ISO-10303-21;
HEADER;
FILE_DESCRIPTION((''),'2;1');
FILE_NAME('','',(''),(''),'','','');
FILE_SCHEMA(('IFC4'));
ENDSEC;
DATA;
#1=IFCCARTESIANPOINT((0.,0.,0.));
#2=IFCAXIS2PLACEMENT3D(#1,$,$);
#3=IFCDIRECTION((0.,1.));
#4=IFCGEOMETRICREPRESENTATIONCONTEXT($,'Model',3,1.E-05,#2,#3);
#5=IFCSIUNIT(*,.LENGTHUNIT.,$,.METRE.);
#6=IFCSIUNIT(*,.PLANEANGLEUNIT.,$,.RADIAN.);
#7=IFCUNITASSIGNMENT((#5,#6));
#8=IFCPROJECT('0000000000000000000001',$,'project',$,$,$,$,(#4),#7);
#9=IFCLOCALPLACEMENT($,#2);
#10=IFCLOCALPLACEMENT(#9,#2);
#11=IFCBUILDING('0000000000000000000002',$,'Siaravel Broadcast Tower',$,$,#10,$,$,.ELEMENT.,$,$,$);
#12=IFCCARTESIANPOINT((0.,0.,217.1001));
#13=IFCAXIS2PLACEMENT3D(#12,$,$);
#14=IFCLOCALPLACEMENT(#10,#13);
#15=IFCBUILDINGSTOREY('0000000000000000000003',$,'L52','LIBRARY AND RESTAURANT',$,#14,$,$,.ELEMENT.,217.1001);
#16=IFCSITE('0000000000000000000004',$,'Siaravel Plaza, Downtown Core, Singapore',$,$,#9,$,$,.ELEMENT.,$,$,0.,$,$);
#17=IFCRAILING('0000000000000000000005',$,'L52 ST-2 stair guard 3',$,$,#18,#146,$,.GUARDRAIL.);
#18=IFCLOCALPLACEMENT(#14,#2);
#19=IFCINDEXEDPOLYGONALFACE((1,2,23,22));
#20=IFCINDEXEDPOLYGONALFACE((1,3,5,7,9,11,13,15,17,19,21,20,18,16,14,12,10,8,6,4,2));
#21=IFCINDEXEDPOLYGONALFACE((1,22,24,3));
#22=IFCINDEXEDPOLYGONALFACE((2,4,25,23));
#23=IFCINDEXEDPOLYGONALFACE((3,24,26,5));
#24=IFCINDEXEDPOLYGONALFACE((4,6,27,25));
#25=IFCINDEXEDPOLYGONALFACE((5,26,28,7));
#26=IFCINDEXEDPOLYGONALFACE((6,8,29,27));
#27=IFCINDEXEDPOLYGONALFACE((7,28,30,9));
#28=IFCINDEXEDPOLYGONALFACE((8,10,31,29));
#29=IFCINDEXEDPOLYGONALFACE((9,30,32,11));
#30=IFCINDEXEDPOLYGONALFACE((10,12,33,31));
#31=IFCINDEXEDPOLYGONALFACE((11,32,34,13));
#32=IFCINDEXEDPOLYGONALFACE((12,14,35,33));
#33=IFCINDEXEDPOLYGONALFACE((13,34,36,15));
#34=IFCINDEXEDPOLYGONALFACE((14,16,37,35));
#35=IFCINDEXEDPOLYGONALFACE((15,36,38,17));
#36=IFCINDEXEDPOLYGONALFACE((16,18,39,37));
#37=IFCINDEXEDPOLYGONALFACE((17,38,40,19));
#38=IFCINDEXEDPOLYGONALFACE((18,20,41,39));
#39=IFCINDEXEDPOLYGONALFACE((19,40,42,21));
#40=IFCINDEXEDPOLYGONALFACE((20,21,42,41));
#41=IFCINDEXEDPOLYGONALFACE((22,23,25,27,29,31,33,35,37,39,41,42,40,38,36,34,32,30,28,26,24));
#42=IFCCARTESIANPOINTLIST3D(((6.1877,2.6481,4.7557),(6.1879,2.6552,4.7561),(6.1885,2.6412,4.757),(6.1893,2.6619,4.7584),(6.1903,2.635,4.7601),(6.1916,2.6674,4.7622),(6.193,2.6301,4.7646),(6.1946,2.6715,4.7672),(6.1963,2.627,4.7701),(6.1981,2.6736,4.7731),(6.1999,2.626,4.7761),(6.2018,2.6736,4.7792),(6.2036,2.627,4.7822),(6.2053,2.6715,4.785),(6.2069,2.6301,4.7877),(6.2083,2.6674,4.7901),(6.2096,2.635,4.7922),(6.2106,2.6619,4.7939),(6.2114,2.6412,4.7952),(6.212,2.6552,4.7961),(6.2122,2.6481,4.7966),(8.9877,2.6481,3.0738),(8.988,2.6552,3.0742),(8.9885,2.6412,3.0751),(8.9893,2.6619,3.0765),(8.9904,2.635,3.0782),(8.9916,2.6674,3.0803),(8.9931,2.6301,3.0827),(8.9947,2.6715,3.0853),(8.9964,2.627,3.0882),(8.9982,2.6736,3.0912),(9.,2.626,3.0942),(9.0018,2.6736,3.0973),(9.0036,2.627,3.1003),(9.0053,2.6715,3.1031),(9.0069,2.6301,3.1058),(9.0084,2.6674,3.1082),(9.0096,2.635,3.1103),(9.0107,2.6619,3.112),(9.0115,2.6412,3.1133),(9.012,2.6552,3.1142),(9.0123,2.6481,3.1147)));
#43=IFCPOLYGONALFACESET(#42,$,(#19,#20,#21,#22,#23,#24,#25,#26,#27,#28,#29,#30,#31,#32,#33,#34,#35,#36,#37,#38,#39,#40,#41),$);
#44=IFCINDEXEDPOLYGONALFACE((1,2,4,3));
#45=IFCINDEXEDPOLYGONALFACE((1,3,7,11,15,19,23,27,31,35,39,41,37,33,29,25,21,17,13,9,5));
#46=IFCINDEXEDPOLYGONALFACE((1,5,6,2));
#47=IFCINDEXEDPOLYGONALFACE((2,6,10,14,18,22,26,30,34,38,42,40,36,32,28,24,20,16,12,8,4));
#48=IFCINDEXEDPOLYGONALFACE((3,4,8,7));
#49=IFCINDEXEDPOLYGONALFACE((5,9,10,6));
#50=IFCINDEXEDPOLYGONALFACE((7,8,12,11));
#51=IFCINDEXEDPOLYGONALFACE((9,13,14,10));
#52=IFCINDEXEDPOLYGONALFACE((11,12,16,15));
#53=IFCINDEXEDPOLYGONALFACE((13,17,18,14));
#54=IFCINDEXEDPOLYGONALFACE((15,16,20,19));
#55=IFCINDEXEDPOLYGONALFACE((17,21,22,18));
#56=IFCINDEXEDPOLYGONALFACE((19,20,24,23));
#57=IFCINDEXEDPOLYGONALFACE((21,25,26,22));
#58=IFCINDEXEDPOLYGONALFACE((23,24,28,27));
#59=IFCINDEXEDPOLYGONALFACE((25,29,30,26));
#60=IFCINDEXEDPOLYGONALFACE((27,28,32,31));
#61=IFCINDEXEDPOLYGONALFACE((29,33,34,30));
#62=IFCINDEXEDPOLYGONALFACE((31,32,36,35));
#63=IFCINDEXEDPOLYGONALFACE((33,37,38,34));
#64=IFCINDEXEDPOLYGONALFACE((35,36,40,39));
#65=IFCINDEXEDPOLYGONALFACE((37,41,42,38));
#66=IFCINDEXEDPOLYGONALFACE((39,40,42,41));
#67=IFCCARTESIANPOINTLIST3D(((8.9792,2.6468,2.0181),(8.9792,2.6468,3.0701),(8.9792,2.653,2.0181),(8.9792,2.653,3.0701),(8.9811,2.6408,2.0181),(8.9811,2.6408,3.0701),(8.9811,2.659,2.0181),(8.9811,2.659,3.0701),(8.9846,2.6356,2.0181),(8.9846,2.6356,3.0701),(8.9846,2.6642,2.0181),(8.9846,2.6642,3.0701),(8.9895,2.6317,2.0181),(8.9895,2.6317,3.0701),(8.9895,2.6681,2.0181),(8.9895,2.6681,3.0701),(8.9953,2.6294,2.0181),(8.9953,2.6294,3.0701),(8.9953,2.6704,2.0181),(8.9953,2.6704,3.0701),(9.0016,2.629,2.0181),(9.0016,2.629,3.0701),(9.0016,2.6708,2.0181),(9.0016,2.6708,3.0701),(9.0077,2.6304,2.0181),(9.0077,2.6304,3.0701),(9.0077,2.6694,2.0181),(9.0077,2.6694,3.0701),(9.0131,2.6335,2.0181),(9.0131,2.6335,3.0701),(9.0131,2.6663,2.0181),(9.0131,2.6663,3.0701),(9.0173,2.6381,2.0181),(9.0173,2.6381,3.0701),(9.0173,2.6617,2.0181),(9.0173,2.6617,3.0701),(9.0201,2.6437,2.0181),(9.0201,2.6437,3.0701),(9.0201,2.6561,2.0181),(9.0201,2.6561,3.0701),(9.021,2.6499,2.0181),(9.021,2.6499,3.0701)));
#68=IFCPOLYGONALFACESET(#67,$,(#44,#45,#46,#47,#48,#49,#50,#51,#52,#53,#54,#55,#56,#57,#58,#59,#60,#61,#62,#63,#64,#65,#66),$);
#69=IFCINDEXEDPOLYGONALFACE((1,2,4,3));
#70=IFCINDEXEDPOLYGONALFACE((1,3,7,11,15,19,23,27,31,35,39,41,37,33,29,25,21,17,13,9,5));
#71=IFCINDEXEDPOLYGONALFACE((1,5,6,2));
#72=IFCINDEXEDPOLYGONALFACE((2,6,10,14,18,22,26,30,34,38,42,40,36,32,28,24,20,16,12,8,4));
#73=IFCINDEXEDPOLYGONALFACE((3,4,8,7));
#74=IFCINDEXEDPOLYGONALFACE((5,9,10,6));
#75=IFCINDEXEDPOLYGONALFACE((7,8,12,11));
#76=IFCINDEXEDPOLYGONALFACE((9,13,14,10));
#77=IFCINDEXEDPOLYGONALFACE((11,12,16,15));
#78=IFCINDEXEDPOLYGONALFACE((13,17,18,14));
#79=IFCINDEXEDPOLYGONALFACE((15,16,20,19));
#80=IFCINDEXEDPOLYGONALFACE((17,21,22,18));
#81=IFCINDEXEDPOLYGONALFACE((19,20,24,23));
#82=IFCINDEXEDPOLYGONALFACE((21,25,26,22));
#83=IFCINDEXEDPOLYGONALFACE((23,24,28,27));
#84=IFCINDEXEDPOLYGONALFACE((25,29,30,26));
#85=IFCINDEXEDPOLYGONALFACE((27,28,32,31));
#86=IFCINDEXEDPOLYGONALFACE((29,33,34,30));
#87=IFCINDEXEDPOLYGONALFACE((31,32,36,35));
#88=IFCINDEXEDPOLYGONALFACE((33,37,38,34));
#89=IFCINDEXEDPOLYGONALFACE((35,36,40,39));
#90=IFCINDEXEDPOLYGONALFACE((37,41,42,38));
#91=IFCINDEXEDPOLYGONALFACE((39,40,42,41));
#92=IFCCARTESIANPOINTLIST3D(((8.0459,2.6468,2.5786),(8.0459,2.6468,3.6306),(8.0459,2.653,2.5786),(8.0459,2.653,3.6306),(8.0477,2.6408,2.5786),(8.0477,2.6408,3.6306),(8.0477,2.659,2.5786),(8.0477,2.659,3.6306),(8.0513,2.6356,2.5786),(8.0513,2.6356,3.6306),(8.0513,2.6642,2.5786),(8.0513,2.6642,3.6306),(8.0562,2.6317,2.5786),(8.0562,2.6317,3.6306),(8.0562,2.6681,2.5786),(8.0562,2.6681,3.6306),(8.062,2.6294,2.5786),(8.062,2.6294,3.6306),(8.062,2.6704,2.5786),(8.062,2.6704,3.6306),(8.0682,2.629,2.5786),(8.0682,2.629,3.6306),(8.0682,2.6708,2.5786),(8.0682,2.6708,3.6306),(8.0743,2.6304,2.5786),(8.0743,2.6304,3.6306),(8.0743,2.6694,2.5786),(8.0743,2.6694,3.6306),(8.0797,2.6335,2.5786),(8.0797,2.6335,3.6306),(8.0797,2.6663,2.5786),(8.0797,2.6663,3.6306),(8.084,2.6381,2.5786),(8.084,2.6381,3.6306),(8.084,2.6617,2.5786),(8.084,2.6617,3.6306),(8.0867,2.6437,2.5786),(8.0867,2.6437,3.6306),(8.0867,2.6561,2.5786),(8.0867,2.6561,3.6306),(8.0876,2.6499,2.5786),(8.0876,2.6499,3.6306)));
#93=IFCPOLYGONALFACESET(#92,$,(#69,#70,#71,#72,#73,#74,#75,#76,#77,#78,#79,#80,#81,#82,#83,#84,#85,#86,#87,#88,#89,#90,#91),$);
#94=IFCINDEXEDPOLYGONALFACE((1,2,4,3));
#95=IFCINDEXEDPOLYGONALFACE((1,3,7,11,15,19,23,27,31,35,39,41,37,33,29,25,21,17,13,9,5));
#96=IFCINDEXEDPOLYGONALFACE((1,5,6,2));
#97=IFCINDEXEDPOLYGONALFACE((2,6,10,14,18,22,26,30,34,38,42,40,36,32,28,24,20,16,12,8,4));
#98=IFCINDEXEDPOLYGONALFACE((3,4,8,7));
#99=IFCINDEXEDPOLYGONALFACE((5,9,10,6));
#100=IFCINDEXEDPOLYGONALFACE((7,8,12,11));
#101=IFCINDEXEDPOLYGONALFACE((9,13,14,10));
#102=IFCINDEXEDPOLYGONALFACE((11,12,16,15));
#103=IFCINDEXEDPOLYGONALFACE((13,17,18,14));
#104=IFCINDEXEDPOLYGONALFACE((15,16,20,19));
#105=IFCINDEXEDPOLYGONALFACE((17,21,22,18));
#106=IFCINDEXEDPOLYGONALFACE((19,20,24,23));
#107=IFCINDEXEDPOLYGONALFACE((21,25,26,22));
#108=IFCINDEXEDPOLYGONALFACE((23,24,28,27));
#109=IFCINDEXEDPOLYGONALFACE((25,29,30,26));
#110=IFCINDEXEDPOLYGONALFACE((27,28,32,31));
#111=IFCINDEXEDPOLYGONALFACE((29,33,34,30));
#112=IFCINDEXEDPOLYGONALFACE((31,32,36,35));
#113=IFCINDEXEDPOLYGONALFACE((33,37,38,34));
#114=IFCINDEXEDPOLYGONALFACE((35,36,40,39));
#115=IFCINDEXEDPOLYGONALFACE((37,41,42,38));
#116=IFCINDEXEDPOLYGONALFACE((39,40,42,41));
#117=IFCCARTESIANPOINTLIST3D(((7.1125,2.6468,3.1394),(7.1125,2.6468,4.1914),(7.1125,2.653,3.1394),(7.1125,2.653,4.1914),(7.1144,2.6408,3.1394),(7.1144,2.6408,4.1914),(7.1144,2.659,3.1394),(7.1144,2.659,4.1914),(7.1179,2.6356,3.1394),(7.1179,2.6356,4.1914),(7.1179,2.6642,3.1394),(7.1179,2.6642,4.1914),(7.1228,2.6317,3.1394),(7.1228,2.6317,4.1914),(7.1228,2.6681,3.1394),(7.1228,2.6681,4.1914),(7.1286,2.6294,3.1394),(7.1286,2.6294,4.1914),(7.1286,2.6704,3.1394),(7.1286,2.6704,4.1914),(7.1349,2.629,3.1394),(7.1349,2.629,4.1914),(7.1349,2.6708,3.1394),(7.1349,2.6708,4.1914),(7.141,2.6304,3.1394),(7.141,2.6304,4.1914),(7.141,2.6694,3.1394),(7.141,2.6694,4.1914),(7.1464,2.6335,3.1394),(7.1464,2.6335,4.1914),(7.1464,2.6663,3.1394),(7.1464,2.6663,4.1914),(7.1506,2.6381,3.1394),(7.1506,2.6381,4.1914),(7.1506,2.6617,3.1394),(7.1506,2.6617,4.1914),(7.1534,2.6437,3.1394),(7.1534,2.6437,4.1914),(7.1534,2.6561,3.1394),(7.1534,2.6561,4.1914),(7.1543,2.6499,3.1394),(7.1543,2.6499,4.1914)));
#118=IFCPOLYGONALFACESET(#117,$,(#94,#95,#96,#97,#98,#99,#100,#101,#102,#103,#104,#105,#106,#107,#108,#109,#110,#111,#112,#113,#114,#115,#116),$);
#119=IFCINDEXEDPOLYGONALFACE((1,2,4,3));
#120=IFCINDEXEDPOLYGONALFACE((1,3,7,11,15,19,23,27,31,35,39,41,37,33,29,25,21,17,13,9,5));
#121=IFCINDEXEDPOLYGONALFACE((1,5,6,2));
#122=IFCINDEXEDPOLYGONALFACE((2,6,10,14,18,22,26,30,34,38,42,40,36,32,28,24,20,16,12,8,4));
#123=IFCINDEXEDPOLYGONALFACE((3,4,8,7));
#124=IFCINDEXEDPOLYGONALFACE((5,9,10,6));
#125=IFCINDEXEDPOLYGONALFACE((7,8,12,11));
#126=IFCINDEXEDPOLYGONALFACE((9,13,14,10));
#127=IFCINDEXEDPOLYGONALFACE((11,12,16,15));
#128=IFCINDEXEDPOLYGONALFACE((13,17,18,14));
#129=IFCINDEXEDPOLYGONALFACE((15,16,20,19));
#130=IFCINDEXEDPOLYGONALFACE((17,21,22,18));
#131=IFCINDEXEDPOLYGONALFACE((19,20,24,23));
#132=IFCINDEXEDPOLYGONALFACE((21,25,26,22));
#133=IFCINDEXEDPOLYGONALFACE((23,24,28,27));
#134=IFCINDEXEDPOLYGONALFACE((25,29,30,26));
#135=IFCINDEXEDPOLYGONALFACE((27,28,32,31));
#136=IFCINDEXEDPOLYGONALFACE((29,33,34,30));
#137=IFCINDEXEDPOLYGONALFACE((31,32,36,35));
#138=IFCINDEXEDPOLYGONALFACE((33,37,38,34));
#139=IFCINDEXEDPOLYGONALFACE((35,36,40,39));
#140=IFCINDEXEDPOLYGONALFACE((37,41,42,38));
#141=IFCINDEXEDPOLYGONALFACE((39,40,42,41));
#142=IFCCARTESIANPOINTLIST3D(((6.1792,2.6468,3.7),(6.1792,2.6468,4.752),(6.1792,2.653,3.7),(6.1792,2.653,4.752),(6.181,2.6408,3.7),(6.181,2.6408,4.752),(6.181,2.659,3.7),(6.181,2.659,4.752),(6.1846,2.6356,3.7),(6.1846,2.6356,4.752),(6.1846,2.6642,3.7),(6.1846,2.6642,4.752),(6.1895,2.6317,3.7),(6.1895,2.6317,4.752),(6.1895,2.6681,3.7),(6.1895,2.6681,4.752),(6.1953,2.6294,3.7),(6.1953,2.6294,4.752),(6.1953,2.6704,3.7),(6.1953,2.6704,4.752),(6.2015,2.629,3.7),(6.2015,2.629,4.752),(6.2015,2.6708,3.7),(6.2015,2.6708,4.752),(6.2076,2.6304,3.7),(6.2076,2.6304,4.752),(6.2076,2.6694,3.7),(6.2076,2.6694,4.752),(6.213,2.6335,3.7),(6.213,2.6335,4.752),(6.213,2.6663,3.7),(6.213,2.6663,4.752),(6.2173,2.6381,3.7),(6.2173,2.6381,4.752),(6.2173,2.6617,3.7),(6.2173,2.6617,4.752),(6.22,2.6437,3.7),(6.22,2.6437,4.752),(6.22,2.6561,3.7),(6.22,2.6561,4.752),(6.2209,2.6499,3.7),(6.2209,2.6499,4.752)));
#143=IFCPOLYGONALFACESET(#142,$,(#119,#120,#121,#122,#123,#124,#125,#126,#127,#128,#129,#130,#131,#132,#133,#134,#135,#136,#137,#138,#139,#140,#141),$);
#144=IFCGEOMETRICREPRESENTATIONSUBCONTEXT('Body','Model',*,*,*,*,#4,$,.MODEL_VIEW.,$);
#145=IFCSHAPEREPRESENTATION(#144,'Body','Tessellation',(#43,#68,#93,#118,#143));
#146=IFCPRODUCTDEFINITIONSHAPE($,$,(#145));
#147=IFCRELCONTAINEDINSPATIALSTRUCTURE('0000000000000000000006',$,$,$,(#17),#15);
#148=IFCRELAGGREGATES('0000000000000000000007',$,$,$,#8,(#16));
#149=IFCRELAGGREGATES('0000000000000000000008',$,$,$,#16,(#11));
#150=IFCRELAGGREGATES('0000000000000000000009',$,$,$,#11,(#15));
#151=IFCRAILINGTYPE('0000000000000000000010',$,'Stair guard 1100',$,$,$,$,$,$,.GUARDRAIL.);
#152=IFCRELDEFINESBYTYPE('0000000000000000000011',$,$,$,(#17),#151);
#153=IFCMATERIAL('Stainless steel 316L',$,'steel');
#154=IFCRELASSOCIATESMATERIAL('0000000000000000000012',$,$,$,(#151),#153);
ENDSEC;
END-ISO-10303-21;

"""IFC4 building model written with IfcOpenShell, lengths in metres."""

from ifc_helpers import new_model, si_unit, direction, frame, origin, origin_2d, place, context, subcontext, project, spatial, circle, extrude, material, type_object, element, save


model = new_model("IFC4")

# Units and contexts
model_context = context("Model", 3, precision=1e-05, world=origin(), true_north=direction((0.0, 1.0)))
body_context = subcontext(model_context, "Body", "Model", "MODEL_VIEW")
ifc_project = project(units=[si_unit("LENGTHUNIT", "METRE"), si_unit("PLANEANGLEUNIT", "RADIAN")], contexts=[model_context])

# Site, building, storey
site_placement = place(None, origin())
site = spatial("IfcSite", under=ifc_project, at=site_placement, Name="Siaravel Plaza, Downtown Core, Singapore", CompositionType="ELEMENT", RefElevation=0.0)
building_placement = place(site_placement, origin())
building = spatial("IfcBuilding", under=site, at=building_placement, Name="Siaravel Broadcast Tower", CompositionType="ELEMENT")
storey_placement = place(building_placement, frame((0.0, 0.0, 217.1001)))
storey = spatial("IfcBuildingStorey", under=building, at=storey_placement, Name="L52", Description="LIBRARY AND RESTAURANT", CompositionType="ELEMENT", Elevation=217.1001)

# Railing
ifc_material_1 = material(Name="Stainless steel 316L", Category="steel")
railing_type_1 = type_object("IfcRailingType", Name="Stair guard 1100", PredefinedType="GUARDRAIL", material=ifc_material_1)
railing_1_placement = place(storey_placement, frame((9.0, 2.6499, 2.0181)))
element("IfcRailing", 1, at=railing_1_placement, inside=storey, type_object=railing_type_1, Name="L52 ST-2 stair guard 3", PredefinedType="GUARDRAIL", context=body_context, shape_type="SweptSolid", body=[
    extrude(circle(Radius=0.0239, at=origin_2d()), frame((0.0, 0.0, 1.0762), z_axis=(-0.857242, 0.0, 0.514913), x_axis=(0.0, -1.0, 0.0)), (0.0, 0.0, 1.0), 3.2664),
    extrude(circle(Radius=0.021, at=origin_2d()), origin(), (0.0, 0.0, 1.0), 1.052),
    extrude(circle(Radius=0.021, at=origin_2d()), frame((-0.9333, 0.0, 0.5605)), (0.0, 0.0, 1.0), 1.052),
    extrude(circle(Radius=0.021, at=origin_2d()), frame((-1.8667, 0.0, 1.1213)), (0.0, 0.0, 1.0), 1.052),
    extrude(circle(Radius=0.021, at=origin_2d()), frame((-2.8, 0.0, 1.6819)), (0.0, 0.0, 1.0), 1.052),
])

save(model, "model.ifc")
